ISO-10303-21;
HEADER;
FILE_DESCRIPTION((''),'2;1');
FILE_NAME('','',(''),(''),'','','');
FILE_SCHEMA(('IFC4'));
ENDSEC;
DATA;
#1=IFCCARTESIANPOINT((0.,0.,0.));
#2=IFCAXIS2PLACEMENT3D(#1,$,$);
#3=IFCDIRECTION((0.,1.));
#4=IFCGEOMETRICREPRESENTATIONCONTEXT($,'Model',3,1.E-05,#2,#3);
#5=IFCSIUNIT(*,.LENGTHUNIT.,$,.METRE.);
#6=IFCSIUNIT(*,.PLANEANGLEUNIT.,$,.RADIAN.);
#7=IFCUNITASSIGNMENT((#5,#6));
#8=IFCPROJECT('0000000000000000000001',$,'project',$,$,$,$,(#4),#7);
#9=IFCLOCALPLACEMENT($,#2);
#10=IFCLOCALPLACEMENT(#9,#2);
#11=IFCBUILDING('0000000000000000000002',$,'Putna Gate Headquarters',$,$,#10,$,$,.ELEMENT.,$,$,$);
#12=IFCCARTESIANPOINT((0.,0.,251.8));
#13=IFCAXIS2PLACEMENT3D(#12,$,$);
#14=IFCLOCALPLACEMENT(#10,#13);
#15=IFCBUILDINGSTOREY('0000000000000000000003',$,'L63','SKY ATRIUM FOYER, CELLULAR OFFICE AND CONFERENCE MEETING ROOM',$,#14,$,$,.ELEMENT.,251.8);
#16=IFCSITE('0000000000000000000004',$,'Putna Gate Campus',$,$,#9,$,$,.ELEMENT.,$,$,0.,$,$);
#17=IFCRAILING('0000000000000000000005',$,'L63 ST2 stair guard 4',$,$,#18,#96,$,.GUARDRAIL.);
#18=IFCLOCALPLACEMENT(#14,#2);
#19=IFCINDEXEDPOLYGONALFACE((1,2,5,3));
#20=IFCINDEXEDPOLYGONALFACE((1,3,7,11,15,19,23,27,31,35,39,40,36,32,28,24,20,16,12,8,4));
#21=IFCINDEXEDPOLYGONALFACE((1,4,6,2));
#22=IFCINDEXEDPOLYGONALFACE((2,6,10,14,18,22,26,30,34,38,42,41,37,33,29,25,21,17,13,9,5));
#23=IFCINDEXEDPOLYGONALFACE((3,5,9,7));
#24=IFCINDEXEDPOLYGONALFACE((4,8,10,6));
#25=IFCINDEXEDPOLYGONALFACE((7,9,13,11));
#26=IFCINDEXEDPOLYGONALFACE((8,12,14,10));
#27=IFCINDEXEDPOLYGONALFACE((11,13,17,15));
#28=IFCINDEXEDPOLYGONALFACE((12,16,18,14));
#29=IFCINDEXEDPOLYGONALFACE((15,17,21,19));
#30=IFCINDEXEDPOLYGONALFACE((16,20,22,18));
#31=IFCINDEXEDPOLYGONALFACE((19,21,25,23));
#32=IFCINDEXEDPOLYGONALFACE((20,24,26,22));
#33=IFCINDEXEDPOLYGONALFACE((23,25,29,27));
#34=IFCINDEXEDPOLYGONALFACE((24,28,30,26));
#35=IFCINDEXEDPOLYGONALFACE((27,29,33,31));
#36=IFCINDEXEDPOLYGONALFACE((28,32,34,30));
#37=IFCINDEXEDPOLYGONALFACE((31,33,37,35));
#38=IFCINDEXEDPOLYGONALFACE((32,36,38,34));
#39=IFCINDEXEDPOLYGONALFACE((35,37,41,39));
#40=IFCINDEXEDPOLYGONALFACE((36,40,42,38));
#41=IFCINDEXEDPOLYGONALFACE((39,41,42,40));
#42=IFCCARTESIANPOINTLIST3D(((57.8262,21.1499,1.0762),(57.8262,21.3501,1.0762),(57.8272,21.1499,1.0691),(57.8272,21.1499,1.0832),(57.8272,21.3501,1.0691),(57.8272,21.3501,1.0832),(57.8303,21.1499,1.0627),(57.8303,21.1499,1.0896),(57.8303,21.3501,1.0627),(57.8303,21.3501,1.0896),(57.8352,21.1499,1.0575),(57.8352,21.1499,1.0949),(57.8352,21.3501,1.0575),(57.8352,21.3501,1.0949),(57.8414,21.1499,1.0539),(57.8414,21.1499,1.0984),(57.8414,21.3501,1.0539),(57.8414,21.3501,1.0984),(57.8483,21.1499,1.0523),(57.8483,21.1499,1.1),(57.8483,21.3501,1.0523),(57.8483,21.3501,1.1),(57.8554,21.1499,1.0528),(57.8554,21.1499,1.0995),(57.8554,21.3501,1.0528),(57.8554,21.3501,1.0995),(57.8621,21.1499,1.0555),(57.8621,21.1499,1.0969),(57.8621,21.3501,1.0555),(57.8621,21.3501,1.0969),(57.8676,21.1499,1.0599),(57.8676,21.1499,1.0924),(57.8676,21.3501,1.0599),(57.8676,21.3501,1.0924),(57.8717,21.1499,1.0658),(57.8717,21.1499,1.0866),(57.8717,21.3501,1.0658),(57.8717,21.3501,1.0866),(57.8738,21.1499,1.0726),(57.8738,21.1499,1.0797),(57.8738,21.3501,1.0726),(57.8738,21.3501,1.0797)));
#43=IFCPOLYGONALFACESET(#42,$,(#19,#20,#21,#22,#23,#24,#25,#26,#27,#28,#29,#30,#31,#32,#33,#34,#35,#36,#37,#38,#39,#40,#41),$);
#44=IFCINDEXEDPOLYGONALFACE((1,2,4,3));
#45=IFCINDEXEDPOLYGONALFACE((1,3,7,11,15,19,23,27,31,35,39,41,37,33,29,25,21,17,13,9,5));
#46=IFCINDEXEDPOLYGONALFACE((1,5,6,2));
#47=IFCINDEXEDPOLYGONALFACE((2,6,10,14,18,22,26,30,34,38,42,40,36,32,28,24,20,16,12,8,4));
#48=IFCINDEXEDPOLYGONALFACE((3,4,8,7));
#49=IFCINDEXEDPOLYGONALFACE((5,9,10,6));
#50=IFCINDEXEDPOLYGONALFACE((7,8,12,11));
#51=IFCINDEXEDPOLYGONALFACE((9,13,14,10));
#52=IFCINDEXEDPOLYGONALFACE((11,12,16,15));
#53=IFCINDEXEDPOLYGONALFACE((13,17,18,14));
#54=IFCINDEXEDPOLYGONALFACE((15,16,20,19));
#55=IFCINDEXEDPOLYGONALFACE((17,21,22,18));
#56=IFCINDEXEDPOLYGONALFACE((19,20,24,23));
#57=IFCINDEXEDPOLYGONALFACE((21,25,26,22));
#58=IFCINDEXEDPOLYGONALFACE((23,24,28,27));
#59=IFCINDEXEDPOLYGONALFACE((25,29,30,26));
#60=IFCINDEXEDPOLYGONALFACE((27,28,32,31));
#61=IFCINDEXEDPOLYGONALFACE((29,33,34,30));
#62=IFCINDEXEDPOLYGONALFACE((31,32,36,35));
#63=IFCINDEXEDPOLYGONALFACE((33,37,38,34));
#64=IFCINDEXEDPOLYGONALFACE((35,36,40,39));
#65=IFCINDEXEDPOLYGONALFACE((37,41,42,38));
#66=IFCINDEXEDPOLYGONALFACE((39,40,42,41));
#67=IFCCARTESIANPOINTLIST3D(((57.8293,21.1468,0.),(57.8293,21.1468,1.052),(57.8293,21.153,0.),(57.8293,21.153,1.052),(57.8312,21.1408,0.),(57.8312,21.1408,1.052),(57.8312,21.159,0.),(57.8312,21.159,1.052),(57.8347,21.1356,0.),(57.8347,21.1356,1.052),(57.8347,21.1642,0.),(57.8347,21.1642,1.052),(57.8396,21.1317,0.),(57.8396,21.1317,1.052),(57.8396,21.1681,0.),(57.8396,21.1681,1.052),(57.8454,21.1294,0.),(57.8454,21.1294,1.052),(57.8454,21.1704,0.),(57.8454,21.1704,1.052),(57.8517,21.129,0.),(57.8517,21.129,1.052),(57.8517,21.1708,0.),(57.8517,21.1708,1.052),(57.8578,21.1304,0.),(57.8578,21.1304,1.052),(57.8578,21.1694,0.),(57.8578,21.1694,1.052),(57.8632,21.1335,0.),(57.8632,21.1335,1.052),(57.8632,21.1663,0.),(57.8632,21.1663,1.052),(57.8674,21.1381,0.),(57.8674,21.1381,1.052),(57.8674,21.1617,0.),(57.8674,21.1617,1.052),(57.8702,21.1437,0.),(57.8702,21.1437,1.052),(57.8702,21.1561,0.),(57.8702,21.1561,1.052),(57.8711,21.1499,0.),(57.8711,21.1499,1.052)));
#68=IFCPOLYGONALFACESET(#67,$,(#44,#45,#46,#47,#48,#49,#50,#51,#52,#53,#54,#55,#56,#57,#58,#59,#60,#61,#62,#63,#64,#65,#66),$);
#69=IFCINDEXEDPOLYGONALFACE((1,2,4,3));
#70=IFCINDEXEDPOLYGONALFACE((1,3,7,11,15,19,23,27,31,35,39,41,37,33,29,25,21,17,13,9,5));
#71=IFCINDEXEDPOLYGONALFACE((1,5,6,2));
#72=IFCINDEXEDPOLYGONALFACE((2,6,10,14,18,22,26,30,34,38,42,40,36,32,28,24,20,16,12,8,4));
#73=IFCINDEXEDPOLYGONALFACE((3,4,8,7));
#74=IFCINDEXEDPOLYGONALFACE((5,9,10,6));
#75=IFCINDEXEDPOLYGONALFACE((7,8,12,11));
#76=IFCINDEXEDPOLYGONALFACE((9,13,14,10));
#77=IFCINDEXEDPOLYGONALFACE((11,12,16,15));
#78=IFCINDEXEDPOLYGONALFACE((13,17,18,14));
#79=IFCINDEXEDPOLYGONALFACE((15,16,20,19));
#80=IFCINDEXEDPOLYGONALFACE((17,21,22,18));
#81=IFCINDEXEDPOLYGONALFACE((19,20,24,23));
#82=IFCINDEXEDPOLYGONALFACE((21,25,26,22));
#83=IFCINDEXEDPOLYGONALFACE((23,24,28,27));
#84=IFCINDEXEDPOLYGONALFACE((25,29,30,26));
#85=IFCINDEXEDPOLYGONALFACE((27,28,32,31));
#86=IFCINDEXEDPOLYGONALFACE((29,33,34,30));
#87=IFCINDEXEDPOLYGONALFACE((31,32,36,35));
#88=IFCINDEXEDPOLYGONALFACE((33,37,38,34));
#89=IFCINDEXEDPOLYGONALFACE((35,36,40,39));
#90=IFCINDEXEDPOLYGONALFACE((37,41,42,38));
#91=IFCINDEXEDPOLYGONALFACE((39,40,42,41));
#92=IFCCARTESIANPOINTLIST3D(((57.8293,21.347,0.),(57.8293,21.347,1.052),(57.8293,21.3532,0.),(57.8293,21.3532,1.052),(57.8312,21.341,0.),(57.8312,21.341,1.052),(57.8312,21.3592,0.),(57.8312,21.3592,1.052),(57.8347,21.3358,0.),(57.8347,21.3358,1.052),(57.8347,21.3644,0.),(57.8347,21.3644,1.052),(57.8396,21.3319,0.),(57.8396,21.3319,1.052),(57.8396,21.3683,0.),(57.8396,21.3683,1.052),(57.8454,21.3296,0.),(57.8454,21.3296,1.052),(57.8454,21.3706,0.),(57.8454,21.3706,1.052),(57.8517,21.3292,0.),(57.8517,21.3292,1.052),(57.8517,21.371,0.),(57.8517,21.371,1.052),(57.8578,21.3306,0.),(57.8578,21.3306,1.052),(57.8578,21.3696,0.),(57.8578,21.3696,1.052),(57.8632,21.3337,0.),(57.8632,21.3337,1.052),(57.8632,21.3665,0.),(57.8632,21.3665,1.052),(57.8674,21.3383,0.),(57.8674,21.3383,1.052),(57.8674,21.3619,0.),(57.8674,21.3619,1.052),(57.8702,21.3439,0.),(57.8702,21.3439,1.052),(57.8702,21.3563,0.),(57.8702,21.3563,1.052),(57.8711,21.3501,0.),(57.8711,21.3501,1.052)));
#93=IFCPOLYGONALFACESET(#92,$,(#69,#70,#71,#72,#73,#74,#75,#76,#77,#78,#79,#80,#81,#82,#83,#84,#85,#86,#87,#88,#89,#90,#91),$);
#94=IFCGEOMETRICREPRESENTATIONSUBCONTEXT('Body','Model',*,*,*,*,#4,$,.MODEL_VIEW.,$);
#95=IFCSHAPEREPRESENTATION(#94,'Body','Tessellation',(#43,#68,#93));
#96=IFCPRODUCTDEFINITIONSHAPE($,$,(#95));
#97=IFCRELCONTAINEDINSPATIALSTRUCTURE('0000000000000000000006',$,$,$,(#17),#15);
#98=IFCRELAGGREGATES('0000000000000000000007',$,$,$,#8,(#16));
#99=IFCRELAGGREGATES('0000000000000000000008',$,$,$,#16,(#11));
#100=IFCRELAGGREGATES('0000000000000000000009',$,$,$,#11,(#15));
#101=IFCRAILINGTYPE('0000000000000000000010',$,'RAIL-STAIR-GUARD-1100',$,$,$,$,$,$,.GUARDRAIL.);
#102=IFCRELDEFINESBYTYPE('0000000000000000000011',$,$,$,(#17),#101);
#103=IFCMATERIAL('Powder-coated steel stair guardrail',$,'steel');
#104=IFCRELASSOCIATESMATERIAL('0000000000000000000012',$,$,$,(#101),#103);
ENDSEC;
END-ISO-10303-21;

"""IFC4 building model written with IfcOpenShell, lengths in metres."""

from ifc_helpers import new_model, si_unit, direction, frame, origin, origin_2d, place, context, subcontext, project, spatial, circle, extrude, material, type_object, element, save


model = new_model("IFC4")

# Units and contexts
model_context = context("Model", 3, precision=1e-05, world=origin(), true_north=direction((0.0, 1.0)))
body_context = subcontext(model_context, "Body", "Model", "MODEL_VIEW")
ifc_project = project(units=[si_unit("LENGTHUNIT", "METRE"), si_unit("PLANEANGLEUNIT", "RADIAN")], contexts=[model_context])

# Site, building, storey
site_placement = place(None, origin())
site = spatial("IfcSite", under=ifc_project, at=site_placement, Name="Putna Gate Campus", CompositionType="ELEMENT", RefElevation=0.0)
building_placement = place(site_placement, origin())
building = spatial("IfcBuilding", under=site, at=building_placement, Name="Putna Gate Headquarters", CompositionType="ELEMENT")
storey_placement = place(building_placement, frame((0.0, 0.0, 251.8)))
storey = spatial("IfcBuildingStorey", under=building, at=storey_placement, Name="L63", Description="SKY ATRIUM FOYER, CELLULAR OFFICE AND CONFERENCE MEETING ROOM", CompositionType="ELEMENT", Elevation=251.8)

# Railing
ifc_material_1 = material(Name="Powder-coated steel stair guardrail", Category="steel")
railing_type_1 = type_object("IfcRailingType", Name="RAIL-STAIR-GUARD-1100", PredefinedType="GUARDRAIL", material=ifc_material_1)
railing_1_placement = place(storey_placement, frame((57.8501, 21.1499, 0.0)))
element("IfcRailing", 1, at=railing_1_placement, inside=storey, type_object=railing_type_1, Name="L63 ST2 stair guard 4", PredefinedType="GUARDRAIL", context=body_context, shape_type="SweptSolid", body=[
    extrude(circle(Radius=0.0239, at=origin_2d()), frame((0.0, 0.0, 1.0762), z_axis=(0.0, 1.0, 0.0), x_axis=(-1.0, 0.0, 0.0)), (0.0, 0.0, 1.0), 0.2002),
    extrude(circle(Radius=0.021, at=origin_2d()), origin(), (0.0, 0.0, 1.0), 1.052),
    extrude(circle(Radius=0.021, at=origin_2d()), frame((0.0, 0.2002, 0.0)), (0.0, 0.0, 1.0), 1.052),
])

save(model, "model.ifc")
